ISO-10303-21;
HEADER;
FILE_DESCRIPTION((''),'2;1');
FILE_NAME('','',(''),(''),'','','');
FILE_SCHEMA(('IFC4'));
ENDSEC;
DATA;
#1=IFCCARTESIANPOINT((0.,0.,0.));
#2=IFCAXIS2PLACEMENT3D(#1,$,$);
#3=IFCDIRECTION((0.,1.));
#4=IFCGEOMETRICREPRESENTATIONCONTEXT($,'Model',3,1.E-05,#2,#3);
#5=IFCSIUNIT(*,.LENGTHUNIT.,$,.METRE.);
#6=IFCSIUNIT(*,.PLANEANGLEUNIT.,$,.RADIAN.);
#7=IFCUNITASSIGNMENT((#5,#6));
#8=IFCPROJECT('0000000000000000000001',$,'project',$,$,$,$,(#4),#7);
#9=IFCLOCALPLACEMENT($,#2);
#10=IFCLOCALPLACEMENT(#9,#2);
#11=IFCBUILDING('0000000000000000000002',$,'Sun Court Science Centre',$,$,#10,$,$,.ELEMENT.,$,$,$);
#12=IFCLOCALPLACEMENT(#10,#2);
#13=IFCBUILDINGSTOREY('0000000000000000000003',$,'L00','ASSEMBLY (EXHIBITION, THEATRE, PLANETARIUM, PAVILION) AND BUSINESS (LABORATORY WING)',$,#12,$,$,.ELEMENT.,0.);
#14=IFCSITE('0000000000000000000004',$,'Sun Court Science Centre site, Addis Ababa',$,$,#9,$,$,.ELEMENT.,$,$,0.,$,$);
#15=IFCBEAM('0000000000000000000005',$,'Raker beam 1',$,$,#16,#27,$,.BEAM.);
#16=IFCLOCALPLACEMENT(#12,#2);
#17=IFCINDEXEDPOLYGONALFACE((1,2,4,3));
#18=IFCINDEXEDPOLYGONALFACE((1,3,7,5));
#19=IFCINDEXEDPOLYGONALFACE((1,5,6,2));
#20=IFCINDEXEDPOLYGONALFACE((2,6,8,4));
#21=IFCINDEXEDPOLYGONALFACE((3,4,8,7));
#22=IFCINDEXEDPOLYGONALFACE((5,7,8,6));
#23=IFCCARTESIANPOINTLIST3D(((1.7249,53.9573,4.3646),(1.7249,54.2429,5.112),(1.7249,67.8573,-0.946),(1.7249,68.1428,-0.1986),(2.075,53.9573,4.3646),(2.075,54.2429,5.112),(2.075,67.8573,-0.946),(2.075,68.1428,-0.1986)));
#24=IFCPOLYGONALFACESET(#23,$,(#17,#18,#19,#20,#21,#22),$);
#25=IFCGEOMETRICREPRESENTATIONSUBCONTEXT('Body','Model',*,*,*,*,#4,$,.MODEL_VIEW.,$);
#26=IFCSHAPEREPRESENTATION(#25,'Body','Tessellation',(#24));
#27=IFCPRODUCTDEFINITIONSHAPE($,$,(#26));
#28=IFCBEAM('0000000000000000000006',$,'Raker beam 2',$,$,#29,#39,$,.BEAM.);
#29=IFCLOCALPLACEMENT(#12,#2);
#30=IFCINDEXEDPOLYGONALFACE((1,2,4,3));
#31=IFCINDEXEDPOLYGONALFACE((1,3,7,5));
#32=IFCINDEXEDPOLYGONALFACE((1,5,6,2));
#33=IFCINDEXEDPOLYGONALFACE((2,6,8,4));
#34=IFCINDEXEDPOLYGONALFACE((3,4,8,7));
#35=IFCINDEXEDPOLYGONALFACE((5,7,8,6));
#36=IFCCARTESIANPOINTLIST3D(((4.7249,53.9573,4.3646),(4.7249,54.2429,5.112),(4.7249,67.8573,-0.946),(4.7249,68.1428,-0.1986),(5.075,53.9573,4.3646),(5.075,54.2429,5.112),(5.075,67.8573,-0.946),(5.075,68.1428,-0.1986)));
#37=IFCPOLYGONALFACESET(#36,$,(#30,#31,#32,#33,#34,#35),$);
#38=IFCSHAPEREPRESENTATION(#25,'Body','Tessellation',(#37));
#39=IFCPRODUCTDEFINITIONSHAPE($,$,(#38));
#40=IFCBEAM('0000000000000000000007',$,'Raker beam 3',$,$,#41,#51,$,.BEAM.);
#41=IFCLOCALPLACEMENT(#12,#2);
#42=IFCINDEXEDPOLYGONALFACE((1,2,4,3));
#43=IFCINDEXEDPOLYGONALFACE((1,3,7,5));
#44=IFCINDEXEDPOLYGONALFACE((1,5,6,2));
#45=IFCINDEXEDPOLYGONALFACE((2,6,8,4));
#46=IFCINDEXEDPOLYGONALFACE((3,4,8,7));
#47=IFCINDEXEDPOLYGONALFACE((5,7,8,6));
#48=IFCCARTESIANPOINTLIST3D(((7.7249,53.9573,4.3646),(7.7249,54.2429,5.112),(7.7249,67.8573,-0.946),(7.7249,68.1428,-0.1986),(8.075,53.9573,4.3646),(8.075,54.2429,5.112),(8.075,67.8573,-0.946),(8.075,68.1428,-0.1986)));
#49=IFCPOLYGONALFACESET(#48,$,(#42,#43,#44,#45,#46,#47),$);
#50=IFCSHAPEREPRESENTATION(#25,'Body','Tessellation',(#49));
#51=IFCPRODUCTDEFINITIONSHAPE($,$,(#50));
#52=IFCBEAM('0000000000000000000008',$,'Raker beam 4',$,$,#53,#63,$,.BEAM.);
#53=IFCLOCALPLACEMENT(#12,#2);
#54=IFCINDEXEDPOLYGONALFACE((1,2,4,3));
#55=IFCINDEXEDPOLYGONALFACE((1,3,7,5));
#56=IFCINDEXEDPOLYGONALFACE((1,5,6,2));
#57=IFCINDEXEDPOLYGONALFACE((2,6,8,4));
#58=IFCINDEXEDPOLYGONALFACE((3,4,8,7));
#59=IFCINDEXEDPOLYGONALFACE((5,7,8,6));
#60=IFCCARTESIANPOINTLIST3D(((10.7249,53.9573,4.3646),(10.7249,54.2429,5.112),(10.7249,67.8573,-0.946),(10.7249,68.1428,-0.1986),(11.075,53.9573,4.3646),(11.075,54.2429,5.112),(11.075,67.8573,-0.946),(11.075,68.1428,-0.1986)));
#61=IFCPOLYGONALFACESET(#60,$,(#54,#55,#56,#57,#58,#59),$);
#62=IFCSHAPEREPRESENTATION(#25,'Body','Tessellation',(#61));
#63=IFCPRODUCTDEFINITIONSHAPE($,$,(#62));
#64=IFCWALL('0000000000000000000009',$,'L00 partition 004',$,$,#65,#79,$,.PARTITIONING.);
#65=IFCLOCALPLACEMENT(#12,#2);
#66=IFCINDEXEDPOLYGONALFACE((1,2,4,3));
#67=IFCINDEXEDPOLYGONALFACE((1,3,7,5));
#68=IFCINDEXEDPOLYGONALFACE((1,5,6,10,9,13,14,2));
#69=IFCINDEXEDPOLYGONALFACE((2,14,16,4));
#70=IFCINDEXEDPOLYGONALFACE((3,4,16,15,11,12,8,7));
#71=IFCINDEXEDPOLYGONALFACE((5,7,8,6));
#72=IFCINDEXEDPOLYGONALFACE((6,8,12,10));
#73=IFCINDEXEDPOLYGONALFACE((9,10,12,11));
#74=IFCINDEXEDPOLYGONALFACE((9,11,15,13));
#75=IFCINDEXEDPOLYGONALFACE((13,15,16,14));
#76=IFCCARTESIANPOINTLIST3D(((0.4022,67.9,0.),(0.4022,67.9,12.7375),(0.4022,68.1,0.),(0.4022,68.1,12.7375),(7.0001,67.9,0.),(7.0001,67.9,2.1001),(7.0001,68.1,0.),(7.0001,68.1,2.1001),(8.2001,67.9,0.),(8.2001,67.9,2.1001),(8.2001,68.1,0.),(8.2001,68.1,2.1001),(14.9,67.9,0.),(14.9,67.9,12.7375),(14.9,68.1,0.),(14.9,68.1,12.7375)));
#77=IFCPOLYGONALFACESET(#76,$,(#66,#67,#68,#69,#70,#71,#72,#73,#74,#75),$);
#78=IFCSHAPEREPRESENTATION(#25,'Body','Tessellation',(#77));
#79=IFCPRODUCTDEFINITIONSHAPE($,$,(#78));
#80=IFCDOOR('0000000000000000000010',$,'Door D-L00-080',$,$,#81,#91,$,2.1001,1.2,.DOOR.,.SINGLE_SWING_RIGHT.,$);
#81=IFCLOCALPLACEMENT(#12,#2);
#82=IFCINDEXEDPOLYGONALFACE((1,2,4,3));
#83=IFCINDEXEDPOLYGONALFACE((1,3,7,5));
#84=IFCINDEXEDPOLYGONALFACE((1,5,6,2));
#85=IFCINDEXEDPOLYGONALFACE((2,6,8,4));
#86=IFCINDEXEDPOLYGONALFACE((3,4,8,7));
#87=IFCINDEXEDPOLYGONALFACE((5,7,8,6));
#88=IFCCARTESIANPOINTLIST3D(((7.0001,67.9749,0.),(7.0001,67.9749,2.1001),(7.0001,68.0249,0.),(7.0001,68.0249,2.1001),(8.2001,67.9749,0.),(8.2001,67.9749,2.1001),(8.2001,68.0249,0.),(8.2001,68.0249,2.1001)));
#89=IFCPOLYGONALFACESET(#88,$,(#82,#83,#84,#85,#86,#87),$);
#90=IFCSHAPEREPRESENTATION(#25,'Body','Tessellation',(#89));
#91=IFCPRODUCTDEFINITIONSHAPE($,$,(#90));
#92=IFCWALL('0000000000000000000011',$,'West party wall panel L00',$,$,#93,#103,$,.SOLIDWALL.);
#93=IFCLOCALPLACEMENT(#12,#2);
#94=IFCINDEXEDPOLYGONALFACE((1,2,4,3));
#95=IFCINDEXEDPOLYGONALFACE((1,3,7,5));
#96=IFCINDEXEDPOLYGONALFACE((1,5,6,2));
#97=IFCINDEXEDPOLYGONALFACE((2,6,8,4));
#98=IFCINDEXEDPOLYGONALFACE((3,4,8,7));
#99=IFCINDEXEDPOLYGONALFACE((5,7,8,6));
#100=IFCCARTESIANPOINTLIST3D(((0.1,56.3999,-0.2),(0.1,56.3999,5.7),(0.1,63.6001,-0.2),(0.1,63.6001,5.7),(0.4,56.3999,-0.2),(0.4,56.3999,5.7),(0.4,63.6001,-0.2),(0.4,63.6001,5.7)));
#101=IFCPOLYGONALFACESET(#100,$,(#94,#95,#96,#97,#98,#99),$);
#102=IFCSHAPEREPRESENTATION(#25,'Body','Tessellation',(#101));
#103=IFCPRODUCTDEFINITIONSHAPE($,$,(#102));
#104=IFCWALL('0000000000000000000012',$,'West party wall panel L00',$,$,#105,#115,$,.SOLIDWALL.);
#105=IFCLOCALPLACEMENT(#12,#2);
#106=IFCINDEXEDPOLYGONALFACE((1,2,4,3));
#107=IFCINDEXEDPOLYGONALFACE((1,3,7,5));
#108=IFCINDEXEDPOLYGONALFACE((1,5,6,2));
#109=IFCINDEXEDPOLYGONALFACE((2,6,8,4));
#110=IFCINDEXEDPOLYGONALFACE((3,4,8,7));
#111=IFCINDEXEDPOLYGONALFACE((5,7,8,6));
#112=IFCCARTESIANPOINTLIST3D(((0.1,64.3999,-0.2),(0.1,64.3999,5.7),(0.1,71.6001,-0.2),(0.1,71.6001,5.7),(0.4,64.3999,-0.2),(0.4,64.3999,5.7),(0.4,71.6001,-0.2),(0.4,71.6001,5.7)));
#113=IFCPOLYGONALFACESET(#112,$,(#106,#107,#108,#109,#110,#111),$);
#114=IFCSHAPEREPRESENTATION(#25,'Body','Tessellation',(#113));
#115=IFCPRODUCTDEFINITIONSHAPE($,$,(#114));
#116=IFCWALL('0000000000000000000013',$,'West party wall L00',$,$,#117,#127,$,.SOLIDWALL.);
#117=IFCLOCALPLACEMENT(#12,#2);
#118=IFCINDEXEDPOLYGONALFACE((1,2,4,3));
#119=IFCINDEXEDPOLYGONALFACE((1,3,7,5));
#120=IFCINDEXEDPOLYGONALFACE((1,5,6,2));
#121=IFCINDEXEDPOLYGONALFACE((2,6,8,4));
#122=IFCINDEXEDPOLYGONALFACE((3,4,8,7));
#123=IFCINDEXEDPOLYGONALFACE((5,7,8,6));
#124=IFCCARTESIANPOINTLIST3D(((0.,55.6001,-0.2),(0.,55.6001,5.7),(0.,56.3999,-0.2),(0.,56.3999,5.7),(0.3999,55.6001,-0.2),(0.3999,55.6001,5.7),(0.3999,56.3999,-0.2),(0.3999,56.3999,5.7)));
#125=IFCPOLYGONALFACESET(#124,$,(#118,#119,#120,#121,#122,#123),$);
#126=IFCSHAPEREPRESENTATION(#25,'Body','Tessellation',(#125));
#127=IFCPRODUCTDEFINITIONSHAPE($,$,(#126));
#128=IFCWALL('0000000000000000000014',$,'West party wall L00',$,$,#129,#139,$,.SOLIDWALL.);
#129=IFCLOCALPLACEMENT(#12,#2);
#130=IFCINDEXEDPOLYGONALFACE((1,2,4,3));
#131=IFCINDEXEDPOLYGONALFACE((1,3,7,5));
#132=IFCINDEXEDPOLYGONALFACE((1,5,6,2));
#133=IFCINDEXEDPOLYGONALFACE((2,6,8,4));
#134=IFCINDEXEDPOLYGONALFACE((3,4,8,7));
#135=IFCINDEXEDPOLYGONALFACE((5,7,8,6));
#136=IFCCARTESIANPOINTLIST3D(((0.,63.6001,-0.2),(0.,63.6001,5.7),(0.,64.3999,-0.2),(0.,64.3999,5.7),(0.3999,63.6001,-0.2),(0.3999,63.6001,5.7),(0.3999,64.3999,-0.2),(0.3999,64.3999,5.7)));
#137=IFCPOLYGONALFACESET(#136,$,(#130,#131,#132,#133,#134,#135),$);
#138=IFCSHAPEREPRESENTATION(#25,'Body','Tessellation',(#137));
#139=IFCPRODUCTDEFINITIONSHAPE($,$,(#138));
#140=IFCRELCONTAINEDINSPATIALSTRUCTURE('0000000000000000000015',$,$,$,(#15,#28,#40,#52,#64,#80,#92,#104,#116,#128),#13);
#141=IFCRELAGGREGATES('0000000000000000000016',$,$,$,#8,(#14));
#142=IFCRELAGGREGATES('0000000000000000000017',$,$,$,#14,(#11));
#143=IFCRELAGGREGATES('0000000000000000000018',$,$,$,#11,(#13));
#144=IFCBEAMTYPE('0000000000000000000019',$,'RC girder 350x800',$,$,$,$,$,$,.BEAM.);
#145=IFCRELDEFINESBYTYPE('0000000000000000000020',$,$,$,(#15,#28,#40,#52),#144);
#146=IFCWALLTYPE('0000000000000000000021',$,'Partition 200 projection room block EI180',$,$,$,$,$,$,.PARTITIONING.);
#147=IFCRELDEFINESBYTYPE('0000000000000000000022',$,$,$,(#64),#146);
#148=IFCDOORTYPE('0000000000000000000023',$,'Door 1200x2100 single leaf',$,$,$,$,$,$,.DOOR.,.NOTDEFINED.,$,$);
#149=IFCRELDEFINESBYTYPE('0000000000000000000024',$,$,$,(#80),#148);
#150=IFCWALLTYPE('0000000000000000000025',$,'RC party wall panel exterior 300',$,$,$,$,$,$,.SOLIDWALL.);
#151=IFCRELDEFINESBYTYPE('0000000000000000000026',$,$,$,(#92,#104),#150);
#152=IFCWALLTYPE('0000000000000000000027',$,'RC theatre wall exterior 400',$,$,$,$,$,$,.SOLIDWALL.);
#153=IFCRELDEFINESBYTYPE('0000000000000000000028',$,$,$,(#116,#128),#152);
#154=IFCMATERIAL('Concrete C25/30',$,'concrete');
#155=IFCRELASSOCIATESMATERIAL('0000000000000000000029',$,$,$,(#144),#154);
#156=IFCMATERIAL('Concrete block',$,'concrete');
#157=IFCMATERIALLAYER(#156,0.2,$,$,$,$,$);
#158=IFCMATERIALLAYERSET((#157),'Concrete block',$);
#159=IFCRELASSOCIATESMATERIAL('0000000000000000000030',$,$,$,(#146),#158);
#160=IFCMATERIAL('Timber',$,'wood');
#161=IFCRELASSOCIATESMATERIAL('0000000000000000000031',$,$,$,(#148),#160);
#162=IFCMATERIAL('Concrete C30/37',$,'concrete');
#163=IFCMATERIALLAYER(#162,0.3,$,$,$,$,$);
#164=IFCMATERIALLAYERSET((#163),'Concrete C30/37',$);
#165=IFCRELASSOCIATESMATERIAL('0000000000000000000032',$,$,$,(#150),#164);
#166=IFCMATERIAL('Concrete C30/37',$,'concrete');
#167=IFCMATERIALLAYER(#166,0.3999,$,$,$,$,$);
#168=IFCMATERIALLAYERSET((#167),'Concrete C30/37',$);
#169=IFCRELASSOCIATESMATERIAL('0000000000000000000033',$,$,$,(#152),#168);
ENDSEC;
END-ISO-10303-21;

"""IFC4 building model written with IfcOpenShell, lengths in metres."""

from ifc_helpers import new_model, si_unit, direction, frame, frame_2d, origin, origin_2d, place, context, subcontext, project, spatial, rectangle, extrude, material, layer, layer_set, material_profile, profile_set, type_object, element, fill, save


model = new_model("IFC4")

# Units and contexts
model_context = context("Model", 3, precision=1e-05, world=origin(), true_north=direction((0.0, 1.0)))
body_context = subcontext(model_context, "Body", "Model", "MODEL_VIEW")
ifc_project = project(units=[si_unit("LENGTHUNIT", "METRE"), si_unit("PLANEANGLEUNIT", "RADIAN")], contexts=[model_context])

# Site, building, storey
site_placement = place(None, origin())
site = spatial("IfcSite", under=ifc_project, at=site_placement, Name="Sun Court Science Centre site, Addis Ababa", CompositionType="ELEMENT", RefElevation=0.0)
building_placement = place(site_placement, origin())
building = spatial("IfcBuilding", under=site, at=building_placement, Name="Sun Court Science Centre", CompositionType="ELEMENT")
storey_placement = place(building_placement, origin())
storey = spatial("IfcBuildingStorey", under=building, at=storey_placement, Name="L00", Description="ASSEMBLY (EXHIBITION, THEATRE, PLANETARIUM, PAVILION) AND BUSINESS (LABORATORY WING)", CompositionType="ELEMENT", Elevation=0.0)

# Beams
ifc_material_1 = material(Name="Concrete C25/30", Category="concrete")
ifc_material_profile_1 = material_profile(ifc_material_1, rectangle(XDim=0.3501, YDim=0.8, at=origin_2d()), Name="RC 350x800")
ifc_profile_set_1 = profile_set([ifc_material_profile_1], Name="Concrete C25/30")
beam_type = type_object("IfcBeamType", Name="RC girder 350x800", PredefinedType="BEAM", material=ifc_profile_set_1)
for number, where, z_axis, x_axis, name in (
    (1, (1.8999, 54.1001, 4.7383), (0.0, 0.934144, -0.356896), (-1.0, 0.0, 0.0), "Raker beam 1"),
    (2, (4.8999, 54.1001, 4.7383), (0.0, 0.934144, -0.356896), (-1.0, 0.0, 0.0), "Raker beam 2"),
    (3, (7.8999, 54.1001, 4.7383), (0.0, 0.934144, -0.356896), (-1.0, 0.0, 0.0), "Raker beam 3"),
    (4, (10.8999, 54.1001, 4.7383), (0.0, 0.934144, -0.356896), (-1.0, 0.0, 0.0), "Raker beam 4"),
):
    element("IfcBeam", number, at=place(storey_placement, frame(where, z_axis=z_axis, x_axis=x_axis)), inside=storey, type_object=beam_type, Name=name, PredefinedType="BEAM", context=body_context, shape_type="SweptSolid", body=[
        extrude(rectangle(XDim=0.3501, YDim=0.8, at=origin_2d()), origin(), (0.0, 0.0, 1.0), 14.8799),
    ])

# Wall, opening, door
ifc_material_2 = material(Name="Concrete block", Category="concrete")
ifc_layer_1 = layer(ifc_material_2, 0.2)
ifc_layer_set_1 = layer_set([ifc_layer_1], Name="Concrete block")
wall_type_1 = type_object("IfcWallType", Name="Partition 200 projection room block EI180", PredefinedType="PARTITIONING", material=ifc_layer_set_1)
wall_1_placement = place(storey_placement, frame((0.4021, 68.0, 0.0), z_axis=(0.0, 0.0, 1.0), x_axis=(1.0, 0.0, 0.0)))
wall_1 = element("IfcWall", 5, at=wall_1_placement, inside=storey, type_object=wall_type_1, Name="L00 partition 004", PredefinedType="PARTITIONING", context=body_context, shape_type="SweptSolid", body=[
    extrude(rectangle(XDim=14.4978, YDim=0.2, at=frame_2d((7.249, 0.0))), origin(), (0.0, 0.0, 1.0), 12.7375),
])
opening_1_placement = place(wall_1_placement, frame((6.5979, 0.0, 0.0)))
opening_1 = element("IfcOpeningElement", 6, at=opening_1_placement, cuts=wall_1, PredefinedType="OPENING", context=body_context, shape_type="SweptSolid", body=[
    extrude(rectangle(XDim=1.2, YDim=2.1001, at=frame_2d((0.6001, 1.05))), frame((0.0, 0.1099, 0.0), z_axis=(0.0, -1.0, 0.0), x_axis=(1.0, 0.0, 0.0)), (0.0, 0.0, 1.0), 0.22),
])
ifc_material_3 = material(Name="Timber", Category="wood")
door_type_1 = type_object("IfcDoorType", Name="Door 1200x2100 single leaf", OperationType="NOTDEFINED", PredefinedType="DOOR", material=ifc_material_3)
door_1_placement = place(opening_1_placement, origin())
door_1 = element("IfcDoor", 7, at=door_1_placement, inside=storey, type_object=door_type_1, Name="Door D-L00-080", OperationType="SINGLE_SWING_RIGHT", OverallHeight=2.1001, OverallWidth=1.2, PredefinedType="DOOR", context=body_context, shape_type="SweptSolid", body=[
    extrude(rectangle(XDim=1.2, YDim=2.1001, at=frame_2d((0.6001, 1.05))), frame((0.0, 0.0249, 0.0), z_axis=(0.0, -1.0, 0.0), x_axis=(1.0, 0.0, 0.0)), (0.0, 0.0, 1.0), 0.05),
])
fill(opening_1, door_1)

# Walls
ifc_material_4 = material(Name="Concrete C30/37", Category="concrete")
ifc_layer_2 = layer(ifc_material_4, 0.3)
ifc_layer_set_2 = layer_set([ifc_layer_2], Name="Concrete C30/37")
wall_type_2 = type_object("IfcWallType", Name="RC party wall panel exterior 300", PredefinedType="SOLIDWALL", material=ifc_layer_set_2)
for number, where, z_axis, x_axis, name in (
    (8, (0.25, 56.3999, -0.2), (0.0, 0.0, 1.0), (0.0, 1.0, 0.0), "West party wall panel L00"),
    (9, (0.25, 64.3999, -0.2), (0.0, 0.0, 1.0), (0.0, 1.0, 0.0), "West party wall panel L00"),
):
    element("IfcWall", number, at=place(storey_placement, frame(where, z_axis=z_axis, x_axis=x_axis)), inside=storey, type_object=wall_type_2, Name=name, PredefinedType="SOLIDWALL", context=body_context, shape_type="SweptSolid", body=[
        extrude(rectangle(XDim=7.2002, YDim=0.3, at=frame_2d((3.6001, 0.0))), origin(), (0.0, 0.0, 1.0), 5.8999),
    ])
ifc_material_5 = material(Name="Concrete C30/37", Category="concrete")
ifc_layer_3 = layer(ifc_material_5, 0.3999)
ifc_layer_set_3 = layer_set([ifc_layer_3], Name="Concrete C30/37")
wall_type_3 = type_object("IfcWallType", Name="RC theatre wall exterior 400", PredefinedType="SOLIDWALL", material=ifc_layer_set_3)
for number, where, z_axis, x_axis, name in (
    (10, (0.2, 55.6001, -0.2), (0.0, 0.0, 1.0), (0.0, 1.0, 0.0), "West party wall L00"),
    (11, (0.2, 63.6001, -0.2), (0.0, 0.0, 1.0), (0.0, 1.0, 0.0), "West party wall L00"),
):
    element("IfcWall", number, at=place(storey_placement, frame(where, z_axis=z_axis, x_axis=x_axis)), inside=storey, type_object=wall_type_3, Name=name, PredefinedType="SOLIDWALL", context=body_context, shape_type="SweptSolid", body=[
        extrude(rectangle(XDim=0.7998, YDim=0.3999, at=frame_2d((0.3999, 0.0))), origin(), (0.0, 0.0, 1.0), 5.8999),
    ])

save(model, "model.ifc")
